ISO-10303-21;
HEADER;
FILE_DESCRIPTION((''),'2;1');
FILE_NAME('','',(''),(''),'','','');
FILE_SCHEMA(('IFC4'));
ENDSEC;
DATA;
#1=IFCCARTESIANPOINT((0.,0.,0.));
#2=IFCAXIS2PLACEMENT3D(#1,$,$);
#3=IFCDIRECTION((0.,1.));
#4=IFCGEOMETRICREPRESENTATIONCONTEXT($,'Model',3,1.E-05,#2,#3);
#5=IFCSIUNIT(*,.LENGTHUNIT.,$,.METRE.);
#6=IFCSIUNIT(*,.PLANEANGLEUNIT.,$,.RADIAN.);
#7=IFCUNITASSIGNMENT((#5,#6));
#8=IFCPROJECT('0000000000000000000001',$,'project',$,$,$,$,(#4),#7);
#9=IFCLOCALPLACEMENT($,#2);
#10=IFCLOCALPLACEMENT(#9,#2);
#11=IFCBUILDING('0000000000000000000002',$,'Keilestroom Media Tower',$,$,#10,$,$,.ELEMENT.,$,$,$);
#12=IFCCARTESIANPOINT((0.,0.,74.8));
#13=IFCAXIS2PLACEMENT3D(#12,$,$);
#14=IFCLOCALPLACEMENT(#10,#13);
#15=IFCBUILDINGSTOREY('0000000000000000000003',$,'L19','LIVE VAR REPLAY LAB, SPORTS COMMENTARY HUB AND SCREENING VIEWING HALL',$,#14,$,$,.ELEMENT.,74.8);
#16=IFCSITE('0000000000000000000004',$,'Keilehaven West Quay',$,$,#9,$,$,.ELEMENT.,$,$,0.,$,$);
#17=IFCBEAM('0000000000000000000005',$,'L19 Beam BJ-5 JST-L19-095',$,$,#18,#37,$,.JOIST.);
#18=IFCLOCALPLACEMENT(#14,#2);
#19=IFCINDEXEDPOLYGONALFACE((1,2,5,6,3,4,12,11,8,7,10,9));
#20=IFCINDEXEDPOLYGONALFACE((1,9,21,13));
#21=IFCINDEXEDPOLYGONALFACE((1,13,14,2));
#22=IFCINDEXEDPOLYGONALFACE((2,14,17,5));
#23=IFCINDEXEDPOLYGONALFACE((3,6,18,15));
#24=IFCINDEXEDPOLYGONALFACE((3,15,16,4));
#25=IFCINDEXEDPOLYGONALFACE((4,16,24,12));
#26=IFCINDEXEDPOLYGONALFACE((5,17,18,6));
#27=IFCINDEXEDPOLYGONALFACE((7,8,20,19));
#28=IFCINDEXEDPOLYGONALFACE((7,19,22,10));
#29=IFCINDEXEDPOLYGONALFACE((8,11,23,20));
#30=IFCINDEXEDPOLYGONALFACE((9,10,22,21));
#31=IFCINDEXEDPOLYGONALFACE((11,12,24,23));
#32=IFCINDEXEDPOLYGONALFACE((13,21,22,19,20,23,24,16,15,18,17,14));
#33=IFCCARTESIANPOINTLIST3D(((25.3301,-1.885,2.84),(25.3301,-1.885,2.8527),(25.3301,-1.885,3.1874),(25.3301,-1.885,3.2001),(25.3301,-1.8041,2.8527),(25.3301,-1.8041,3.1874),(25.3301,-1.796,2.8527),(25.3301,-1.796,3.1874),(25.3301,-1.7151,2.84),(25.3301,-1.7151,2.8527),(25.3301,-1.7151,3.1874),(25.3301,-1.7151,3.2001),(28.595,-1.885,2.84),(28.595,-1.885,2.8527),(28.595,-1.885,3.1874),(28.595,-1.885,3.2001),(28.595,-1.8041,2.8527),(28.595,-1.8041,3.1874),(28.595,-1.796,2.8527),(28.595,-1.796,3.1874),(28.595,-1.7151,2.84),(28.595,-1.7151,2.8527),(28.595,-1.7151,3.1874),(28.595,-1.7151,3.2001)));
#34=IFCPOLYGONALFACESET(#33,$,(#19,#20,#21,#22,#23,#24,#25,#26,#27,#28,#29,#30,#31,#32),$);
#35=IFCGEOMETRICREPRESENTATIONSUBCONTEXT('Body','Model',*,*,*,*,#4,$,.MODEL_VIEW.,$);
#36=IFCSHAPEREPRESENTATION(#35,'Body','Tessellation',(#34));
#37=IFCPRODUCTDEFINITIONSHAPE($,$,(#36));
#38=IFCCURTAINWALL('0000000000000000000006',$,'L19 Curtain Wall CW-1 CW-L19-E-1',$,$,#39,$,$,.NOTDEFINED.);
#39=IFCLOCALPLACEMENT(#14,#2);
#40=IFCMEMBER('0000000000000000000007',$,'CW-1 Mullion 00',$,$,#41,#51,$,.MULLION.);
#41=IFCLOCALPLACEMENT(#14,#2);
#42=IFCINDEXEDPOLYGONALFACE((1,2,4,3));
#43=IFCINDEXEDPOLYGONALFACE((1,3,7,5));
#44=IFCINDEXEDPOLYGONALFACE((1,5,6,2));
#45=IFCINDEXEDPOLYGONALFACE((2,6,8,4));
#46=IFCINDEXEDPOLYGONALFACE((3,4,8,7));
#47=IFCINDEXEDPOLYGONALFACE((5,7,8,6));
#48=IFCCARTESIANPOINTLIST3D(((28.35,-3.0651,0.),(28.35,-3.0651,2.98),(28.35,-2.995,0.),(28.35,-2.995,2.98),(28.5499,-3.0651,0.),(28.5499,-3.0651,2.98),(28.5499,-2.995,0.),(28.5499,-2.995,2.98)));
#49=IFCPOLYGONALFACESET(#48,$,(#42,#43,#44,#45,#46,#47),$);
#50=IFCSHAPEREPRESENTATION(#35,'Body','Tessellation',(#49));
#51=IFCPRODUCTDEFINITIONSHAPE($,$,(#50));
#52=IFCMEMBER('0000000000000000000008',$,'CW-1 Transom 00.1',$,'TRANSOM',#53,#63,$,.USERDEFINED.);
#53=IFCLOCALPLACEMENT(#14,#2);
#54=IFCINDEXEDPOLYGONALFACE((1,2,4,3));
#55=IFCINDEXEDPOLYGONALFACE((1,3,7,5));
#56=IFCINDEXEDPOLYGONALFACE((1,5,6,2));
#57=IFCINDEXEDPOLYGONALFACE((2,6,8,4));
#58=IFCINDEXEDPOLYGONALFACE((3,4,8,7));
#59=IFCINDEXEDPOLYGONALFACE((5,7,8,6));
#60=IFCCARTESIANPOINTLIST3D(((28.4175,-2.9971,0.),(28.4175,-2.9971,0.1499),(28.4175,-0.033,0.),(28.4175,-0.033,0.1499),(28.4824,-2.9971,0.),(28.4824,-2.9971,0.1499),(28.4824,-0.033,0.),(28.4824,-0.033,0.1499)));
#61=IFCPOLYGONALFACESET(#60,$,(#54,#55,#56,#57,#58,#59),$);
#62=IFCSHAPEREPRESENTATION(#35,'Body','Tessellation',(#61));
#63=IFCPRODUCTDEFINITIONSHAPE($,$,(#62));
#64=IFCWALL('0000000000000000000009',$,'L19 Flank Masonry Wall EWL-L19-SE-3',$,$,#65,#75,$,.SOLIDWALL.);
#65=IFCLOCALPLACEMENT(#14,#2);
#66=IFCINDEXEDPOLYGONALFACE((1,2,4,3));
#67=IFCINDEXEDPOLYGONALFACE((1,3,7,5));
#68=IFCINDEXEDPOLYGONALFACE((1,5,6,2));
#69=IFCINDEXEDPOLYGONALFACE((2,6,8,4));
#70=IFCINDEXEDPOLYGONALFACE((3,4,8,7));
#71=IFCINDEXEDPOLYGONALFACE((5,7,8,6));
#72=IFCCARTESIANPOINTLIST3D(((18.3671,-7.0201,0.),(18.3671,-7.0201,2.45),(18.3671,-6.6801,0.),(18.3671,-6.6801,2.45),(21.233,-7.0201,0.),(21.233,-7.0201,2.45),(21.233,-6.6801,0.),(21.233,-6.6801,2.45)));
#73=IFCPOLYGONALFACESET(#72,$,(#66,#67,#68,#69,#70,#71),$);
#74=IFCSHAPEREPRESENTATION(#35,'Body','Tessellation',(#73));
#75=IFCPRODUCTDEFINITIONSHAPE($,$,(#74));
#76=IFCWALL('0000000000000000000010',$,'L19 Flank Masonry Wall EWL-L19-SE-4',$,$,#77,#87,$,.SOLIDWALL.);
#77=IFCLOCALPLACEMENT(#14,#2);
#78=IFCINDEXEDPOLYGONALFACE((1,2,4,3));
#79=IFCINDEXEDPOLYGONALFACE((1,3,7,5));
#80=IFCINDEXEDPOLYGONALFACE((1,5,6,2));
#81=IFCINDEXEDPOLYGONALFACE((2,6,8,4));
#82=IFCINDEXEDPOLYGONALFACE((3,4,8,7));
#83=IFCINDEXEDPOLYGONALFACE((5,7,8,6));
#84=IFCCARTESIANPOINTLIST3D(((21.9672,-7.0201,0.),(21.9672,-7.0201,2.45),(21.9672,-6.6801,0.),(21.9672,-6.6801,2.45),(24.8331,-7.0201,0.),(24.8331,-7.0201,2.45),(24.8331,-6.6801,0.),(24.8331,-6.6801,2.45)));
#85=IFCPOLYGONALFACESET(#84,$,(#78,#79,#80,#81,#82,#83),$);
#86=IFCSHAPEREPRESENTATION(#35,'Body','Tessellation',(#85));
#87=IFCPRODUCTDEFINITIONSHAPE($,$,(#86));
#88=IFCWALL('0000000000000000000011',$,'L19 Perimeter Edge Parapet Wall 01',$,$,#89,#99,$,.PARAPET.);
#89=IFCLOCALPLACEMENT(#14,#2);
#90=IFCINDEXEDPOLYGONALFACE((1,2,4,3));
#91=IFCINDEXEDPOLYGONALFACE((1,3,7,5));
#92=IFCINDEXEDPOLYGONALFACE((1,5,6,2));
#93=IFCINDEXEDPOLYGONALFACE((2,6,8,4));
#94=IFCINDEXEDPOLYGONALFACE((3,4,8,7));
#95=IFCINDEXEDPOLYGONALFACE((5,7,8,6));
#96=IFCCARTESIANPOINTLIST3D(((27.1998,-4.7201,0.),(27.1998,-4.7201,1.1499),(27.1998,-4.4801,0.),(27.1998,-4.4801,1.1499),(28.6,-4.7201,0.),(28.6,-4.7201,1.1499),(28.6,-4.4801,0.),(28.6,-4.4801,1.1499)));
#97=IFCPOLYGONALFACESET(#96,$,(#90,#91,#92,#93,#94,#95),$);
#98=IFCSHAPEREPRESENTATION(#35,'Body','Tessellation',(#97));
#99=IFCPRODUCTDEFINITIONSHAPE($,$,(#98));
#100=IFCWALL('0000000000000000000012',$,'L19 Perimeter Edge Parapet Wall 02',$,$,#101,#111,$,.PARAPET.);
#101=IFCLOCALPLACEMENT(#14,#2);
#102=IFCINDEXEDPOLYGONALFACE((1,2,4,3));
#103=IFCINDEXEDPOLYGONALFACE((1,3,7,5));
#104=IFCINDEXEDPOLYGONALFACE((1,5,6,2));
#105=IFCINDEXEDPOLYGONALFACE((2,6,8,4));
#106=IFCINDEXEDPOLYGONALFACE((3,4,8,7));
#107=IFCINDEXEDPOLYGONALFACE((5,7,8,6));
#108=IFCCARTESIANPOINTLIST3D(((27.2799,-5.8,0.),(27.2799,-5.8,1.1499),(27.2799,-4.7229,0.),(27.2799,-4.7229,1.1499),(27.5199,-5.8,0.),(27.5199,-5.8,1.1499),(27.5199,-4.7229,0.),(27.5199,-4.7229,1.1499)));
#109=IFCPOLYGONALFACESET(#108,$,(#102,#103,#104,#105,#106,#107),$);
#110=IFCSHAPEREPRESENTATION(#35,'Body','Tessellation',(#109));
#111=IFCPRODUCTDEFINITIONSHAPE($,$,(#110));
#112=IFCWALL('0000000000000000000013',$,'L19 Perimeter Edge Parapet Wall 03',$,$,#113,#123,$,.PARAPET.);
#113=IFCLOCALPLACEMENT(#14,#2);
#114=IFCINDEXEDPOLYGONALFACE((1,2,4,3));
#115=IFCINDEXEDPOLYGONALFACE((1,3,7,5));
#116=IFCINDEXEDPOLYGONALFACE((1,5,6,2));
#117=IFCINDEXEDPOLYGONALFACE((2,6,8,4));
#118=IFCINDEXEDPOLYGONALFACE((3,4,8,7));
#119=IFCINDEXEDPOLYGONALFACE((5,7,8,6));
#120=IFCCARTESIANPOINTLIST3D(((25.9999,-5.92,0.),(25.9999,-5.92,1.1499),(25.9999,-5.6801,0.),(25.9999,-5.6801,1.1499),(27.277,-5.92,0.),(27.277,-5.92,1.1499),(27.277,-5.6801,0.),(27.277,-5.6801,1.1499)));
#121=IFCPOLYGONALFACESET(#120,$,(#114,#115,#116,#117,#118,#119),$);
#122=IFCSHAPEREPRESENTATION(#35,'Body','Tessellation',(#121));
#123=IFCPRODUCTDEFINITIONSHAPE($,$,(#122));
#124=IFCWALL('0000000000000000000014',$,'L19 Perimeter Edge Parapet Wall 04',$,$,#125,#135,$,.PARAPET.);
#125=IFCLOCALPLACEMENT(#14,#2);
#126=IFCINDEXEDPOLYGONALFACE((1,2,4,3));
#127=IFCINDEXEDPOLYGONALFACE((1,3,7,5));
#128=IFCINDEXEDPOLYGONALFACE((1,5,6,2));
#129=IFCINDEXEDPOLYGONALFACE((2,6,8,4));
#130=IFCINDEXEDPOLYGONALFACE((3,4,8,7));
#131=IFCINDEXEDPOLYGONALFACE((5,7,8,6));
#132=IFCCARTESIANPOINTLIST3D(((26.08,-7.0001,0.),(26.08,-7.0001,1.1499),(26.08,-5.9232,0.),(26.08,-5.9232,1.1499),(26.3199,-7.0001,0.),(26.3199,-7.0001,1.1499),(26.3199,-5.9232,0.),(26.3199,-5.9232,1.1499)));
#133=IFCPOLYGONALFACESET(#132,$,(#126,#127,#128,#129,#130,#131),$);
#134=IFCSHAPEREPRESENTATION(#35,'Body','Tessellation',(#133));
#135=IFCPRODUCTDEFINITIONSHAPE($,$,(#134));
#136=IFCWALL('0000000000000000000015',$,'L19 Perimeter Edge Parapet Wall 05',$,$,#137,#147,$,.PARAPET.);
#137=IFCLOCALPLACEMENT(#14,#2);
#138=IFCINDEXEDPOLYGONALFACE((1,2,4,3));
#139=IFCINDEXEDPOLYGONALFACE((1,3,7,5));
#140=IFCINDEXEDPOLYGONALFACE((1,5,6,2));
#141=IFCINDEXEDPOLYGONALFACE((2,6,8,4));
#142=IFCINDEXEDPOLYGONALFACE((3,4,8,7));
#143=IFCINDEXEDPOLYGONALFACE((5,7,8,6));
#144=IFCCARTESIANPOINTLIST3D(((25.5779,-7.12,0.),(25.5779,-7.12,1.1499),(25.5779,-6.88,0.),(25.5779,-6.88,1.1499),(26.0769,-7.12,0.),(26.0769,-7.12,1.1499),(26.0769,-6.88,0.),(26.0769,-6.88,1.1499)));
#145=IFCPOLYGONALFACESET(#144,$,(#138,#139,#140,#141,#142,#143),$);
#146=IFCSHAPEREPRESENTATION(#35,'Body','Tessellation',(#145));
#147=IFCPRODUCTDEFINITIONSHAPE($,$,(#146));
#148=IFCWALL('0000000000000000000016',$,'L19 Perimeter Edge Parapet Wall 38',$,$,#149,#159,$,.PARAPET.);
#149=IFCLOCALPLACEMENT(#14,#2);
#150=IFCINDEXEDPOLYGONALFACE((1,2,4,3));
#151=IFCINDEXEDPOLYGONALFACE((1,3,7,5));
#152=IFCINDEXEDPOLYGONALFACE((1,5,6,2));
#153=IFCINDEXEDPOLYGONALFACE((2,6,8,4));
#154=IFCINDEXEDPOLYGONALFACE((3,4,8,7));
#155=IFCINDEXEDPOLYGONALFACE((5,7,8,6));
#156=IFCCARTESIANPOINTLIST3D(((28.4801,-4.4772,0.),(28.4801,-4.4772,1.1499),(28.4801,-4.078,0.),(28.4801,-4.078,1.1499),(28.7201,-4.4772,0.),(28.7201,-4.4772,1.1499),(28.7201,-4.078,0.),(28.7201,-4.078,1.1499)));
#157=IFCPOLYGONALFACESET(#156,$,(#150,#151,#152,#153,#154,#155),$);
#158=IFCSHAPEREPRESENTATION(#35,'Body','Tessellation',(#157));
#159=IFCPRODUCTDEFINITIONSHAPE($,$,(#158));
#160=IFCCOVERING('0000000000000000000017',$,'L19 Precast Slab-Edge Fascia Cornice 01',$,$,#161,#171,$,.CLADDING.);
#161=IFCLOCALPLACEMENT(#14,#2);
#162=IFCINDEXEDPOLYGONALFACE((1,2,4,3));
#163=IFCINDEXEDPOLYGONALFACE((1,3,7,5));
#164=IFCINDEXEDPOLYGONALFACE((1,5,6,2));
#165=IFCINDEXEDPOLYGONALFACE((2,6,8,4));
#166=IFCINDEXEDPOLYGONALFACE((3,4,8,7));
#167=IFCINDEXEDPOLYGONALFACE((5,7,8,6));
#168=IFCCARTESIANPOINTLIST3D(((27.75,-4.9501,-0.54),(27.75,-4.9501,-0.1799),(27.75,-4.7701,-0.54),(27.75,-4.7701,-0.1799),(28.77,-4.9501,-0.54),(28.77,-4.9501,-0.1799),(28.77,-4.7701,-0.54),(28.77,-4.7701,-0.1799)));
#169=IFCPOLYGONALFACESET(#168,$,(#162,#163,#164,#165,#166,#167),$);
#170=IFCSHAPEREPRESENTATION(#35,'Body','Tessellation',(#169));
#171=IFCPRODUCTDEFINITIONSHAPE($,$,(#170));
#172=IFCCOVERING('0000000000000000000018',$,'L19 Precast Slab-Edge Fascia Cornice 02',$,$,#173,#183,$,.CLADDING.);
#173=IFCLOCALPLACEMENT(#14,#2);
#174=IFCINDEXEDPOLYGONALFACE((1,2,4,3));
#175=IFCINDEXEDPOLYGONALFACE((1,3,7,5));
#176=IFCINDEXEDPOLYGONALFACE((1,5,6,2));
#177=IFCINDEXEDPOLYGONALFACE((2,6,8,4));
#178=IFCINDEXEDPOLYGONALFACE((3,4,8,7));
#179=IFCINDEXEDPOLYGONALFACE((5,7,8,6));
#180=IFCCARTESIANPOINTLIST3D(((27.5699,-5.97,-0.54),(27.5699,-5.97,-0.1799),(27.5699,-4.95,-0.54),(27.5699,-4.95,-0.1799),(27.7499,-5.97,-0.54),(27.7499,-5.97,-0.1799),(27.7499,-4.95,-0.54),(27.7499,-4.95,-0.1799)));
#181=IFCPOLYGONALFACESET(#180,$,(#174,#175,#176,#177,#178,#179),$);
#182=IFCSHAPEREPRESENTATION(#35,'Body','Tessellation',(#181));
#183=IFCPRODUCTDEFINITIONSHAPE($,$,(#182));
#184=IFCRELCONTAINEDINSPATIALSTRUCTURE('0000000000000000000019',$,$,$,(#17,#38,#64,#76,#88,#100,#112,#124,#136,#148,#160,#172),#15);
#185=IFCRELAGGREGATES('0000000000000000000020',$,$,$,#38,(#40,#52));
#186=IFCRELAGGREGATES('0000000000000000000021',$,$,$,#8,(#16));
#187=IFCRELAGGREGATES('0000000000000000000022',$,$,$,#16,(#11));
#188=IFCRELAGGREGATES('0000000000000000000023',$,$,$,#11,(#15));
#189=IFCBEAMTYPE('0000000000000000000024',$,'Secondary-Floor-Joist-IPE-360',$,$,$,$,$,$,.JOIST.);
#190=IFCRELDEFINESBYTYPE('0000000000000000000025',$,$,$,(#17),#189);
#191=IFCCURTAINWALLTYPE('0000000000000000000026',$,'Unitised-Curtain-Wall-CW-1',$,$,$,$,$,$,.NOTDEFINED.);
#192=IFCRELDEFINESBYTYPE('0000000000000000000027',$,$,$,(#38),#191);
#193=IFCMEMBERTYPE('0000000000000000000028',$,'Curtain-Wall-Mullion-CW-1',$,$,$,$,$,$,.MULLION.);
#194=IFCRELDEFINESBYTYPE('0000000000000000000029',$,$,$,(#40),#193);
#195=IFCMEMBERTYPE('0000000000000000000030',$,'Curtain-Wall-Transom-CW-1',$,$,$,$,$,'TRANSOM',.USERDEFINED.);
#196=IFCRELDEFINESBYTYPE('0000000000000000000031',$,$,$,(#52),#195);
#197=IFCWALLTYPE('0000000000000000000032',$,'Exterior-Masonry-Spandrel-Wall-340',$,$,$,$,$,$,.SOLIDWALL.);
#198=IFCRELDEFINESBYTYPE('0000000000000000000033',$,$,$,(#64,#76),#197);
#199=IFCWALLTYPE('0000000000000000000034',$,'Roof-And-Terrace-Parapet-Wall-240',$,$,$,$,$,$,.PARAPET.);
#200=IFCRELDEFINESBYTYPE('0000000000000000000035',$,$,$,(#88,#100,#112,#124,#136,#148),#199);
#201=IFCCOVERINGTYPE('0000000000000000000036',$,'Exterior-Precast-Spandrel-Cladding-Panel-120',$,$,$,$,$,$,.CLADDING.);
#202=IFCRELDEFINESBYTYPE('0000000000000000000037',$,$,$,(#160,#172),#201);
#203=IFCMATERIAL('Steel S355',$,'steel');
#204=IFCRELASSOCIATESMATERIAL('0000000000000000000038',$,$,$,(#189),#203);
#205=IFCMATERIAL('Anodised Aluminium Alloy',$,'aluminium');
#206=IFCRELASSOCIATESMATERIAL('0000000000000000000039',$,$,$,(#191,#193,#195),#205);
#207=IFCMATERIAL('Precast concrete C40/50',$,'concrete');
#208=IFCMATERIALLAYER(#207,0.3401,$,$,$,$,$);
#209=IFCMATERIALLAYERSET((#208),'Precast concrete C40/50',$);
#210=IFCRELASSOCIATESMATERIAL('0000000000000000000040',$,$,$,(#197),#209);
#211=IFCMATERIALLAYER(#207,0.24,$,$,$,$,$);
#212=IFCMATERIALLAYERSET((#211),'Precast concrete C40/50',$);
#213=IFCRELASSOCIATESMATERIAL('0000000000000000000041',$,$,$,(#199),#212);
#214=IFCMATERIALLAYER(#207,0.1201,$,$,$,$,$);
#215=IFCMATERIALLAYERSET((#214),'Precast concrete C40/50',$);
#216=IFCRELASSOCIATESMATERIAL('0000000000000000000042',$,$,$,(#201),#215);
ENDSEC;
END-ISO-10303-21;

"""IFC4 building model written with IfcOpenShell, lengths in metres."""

from ifc_helpers import new_model, si_unit, direction, frame, frame_2d, origin, origin_2d, place, context, subcontext, project, spatial, rectangle, i_section, extrude, source, transform, mapped, material, layer, layer_set, material_profile, profile_set, type_object, element, aggregate, save


model = new_model("IFC4")

# Units and contexts
model_context = context("Model", 3, precision=1e-05, world=origin(), true_north=direction((0.0, 1.0)))
body_context = subcontext(model_context, "Body", "Model", "MODEL_VIEW")
ifc_project = project(units=[si_unit("LENGTHUNIT", "METRE"), si_unit("PLANEANGLEUNIT", "RADIAN")], contexts=[model_context])

# Site, building, storey
site_placement = place(None, origin())
site = spatial("IfcSite", under=ifc_project, at=site_placement, Name="Keilehaven West Quay", CompositionType="ELEMENT", RefElevation=0.0)
building_placement = place(site_placement, origin())
building = spatial("IfcBuilding", under=site, at=building_placement, Name="Keilestroom Media Tower", CompositionType="ELEMENT")
storey_placement = place(building_placement, frame((0.0, 0.0, 74.8)))
storey = spatial("IfcBuildingStorey", under=building, at=storey_placement, Name="L19", Description="LIVE VAR REPLAY LAB, SPORTS COMMENTARY HUB AND SCREENING VIEWING HALL", CompositionType="ELEMENT", Elevation=74.8)

# Shared definitions
ifc_material_1 = material(Name="Precast concrete C40/50", Category="concrete")

# Beam
ifc_material_2 = material(Name="Steel S355", Category="steel")
ifc_material_profile_1 = material_profile(ifc_material_2, i_section(OverallWidth=0.1699, OverallDepth=0.3601, WebThickness=0.0081, FlangeThickness=0.0127, at=origin_2d()), Name="IPE 360")
ifc_profile_set_1 = profile_set([ifc_material_profile_1], Name="Steel S355")
beam_type_1 = type_object("IfcBeamType", Name="Secondary-Floor-Joist-IPE-360", PredefinedType="JOIST", material=ifc_profile_set_1)
shared_shape_1 = source(origin(), body_context, "Body", "SweptSolid", [
    extrude(i_section(OverallWidth=0.1699, OverallDepth=0.3601, WebThickness=0.0081, FlangeThickness=0.0127, at=origin_2d()), origin(), (0.0, 0.0, 1.0), 3.2649),
])
beam_1_placement = place(storey_placement, frame((25.3301, -1.8, 3.02), z_axis=(1.0, 0.0, 0.0), x_axis=(0.0, 1.0, 0.0)))
element("IfcBeam", 1, at=beam_1_placement, inside=storey, type_object=beam_type_1, Name="L19 Beam BJ-5 JST-L19-095", PredefinedType="JOIST", context=body_context, shape_type="MappedRepresentation", body=[
    mapped(shared_shape_1, transform((0.0, 0.0, 0.0), x_axis=(1.0, 0.0, 0.0), y_axis=(0.0, 1.0, 0.0), z_axis=(0.0, 0.0, 1.0), scale=1.0)),
])

# Curtain wall, members
ifc_material_3 = material(Name="Anodised Aluminium Alloy", Category="aluminium")
curtain_wall_type = type_object("IfcCurtainWallType", Name="Unitised-Curtain-Wall-CW-1", PredefinedType="NOTDEFINED", material=ifc_material_3)
curtain_wall_placement = place(storey_placement, origin())
curtain_wall = element("IfcCurtainWall", 2, at=curtain_wall_placement, inside=storey, type_object=curtain_wall_type, Name="L19 Curtain Wall CW-1 CW-L19-E-1", PredefinedType="NOTDEFINED")
ifc_material_profile_2 = material_profile(ifc_material_3, rectangle(XDim=0.0701, YDim=0.2, at=origin_2d()), Name="ALU MULLION 70x200")
ifc_profile_set_2 = profile_set([ifc_material_profile_2], Name="Anodised Aluminium Alloy")
member_type_1 = type_object("IfcMemberType", Name="Curtain-Wall-Mullion-CW-1", PredefinedType="MULLION", material=ifc_profile_set_2)
shared_shape_2 = source(origin(), body_context, "Body", "SweptSolid", [
    extrude(rectangle(XDim=0.0701, YDim=0.2, at=origin_2d()), origin(), (0.0, 0.0, 1.0), 2.98),
])
member_1_placement = place(storey_placement, frame((28.45, -3.03, 0.0), z_axis=(0.0, 0.0, 1.0), x_axis=(0.0, 1.0, 0.0)))
member_1 = element("IfcMember", 3, at=member_1_placement, type_object=member_type_1, Name="CW-1 Mullion 00", PredefinedType="MULLION", context=body_context, shape_type="MappedRepresentation", body=[
    mapped(shared_shape_2, transform((0.0, 0.0, 0.0), x_axis=(1.0, 0.0, 0.0), y_axis=(0.0, 1.0, 0.0), z_axis=(0.0, 0.0, 1.0), scale=1.0)),
])
ifc_material_profile_3 = material_profile(ifc_material_3, rectangle(XDim=0.0649, YDim=0.1499, at=origin_2d()), Name="ALU TRANSOM 65x150")
ifc_profile_set_3 = profile_set([ifc_material_profile_3], Name="Anodised Aluminium Alloy")
member_type_2 = type_object("IfcMemberType", Name="Curtain-Wall-Transom-CW-1", ElementType="TRANSOM", PredefinedType="USERDEFINED", material=ifc_profile_set_3)
shared_shape_3 = source(origin(), body_context, "Body", "SweptSolid", [
    extrude(rectangle(XDim=0.0649, YDim=0.1499, at=origin_2d()), origin(), (0.0, 0.0, 1.0), 2.9641),
])
member_2_placement = place(storey_placement, frame((28.45, -2.9971, 0.075), z_axis=(0.0, 1.0, 0.0), x_axis=(-1.0, 0.0, 0.0)))
member_2 = element("IfcMember", 4, at=member_2_placement, type_object=member_type_2, Name="CW-1 Transom 00.1", ObjectType="TRANSOM", PredefinedType="USERDEFINED", context=body_context, shape_type="MappedRepresentation", body=[
    mapped(shared_shape_3, transform((0.0, 0.0, 0.0), x_axis=(1.0, 0.0, 0.0), y_axis=(0.0, 1.0, 0.0), z_axis=(0.0, 0.0, 1.0), scale=1.0)),
])
aggregate(curtain_wall, [member_1, member_2])

# Walls
ifc_layer_1 = layer(ifc_material_1, 0.3401)
ifc_layer_set_1 = layer_set([ifc_layer_1], Name="Precast concrete C40/50")
wall_type_1 = type_object("IfcWallType", Name="Exterior-Masonry-Spandrel-Wall-340", PredefinedType="SOLIDWALL", material=ifc_layer_set_1)
for number, where, z_axis, x_axis, name in (
    (5, (18.3669, -6.8501, 0.0), (0.0, 0.0, 1.0), (1.0, 0.0, 0.0), "L19 Flank Masonry Wall EWL-L19-SE-3"),
    (6, (21.967, -6.8501, 0.0), (0.0, 0.0, 1.0), (1.0, 0.0, 0.0), "L19 Flank Masonry Wall EWL-L19-SE-4"),
):
    element("IfcWall", number, at=place(storey_placement, frame(where, z_axis=z_axis, x_axis=x_axis)), inside=storey, type_object=wall_type_1, Name=name, PredefinedType="SOLIDWALL", context=body_context, shape_type="SweptSolid", body=[
        extrude(rectangle(XDim=2.866, YDim=0.3401, at=frame_2d((1.4331, 0.0))), origin(), (0.0, 0.0, 1.0), 2.45),
    ])
ifc_layer_2 = layer(ifc_material_1, 0.24)
ifc_layer_set_2 = layer_set([ifc_layer_2], Name="Precast concrete C40/50")
wall_type_2 = type_object("IfcWallType", Name="Roof-And-Terrace-Parapet-Wall-240", PredefinedType="PARAPET", material=ifc_layer_set_2)
wall_1_placement = place(storey_placement, frame((28.6001, -4.6001, 0.0), z_axis=(0.0, 0.0, 1.0), x_axis=(-1.0, 0.0, 0.0)))
element("IfcWall", 7, at=wall_1_placement, inside=storey, type_object=wall_type_2, Name="L19 Perimeter Edge Parapet Wall 01", PredefinedType="PARAPET", context=body_context, shape_type="SweptSolid", body=[
    extrude(rectangle(XDim=1.4001, YDim=0.24, at=frame_2d((0.7002, 0.0))), origin(), (0.0, 0.0, 1.0), 1.1499),
])
wall_2_placement = place(storey_placement, frame((27.3999, -4.7229, 0.0), z_axis=(0.0, 0.0, 1.0), x_axis=(0.0, -1.0, 0.0)))
element("IfcWall", 8, at=wall_2_placement, inside=storey, type_object=wall_type_2, Name="L19 Perimeter Edge Parapet Wall 02", PredefinedType="PARAPET", context=body_context, shape_type="SweptSolid", body=[
    extrude(rectangle(XDim=1.0771, YDim=0.24, at=frame_2d((0.5386, 0.0))), origin(), (0.0, 0.0, 1.0), 1.1499),
])
wall_3_placement = place(storey_placement, frame((27.2771, -5.8, 0.0), z_axis=(0.0, 0.0, 1.0), x_axis=(-1.0, 0.0, 0.0)))
element("IfcWall", 9, at=wall_3_placement, inside=storey, type_object=wall_type_2, Name="L19 Perimeter Edge Parapet Wall 03", PredefinedType="PARAPET", context=body_context, shape_type="SweptSolid", body=[
    extrude(rectangle(XDim=1.2771, YDim=0.24, at=frame_2d((0.6387, 0.0))), origin(), (0.0, 0.0, 1.0), 1.1499),
])
wall_4_placement = place(storey_placement, frame((26.2, -5.9231, 0.0), z_axis=(0.0, 0.0, 1.0), x_axis=(0.0, -1.0, 0.0)))
element("IfcWall", 10, at=wall_4_placement, inside=storey, type_object=wall_type_2, Name="L19 Perimeter Edge Parapet Wall 04", PredefinedType="PARAPET", context=body_context, shape_type="SweptSolid", body=[
    extrude(rectangle(XDim=1.0769, YDim=0.24, at=frame_2d((0.5386, 0.0))), origin(), (0.0, 0.0, 1.0), 1.1499),
])
wall_5_placement = place(storey_placement, frame((26.0769, -7.0, 0.0), z_axis=(0.0, 0.0, 1.0), x_axis=(-1.0, 0.0, 0.0)))
element("IfcWall", 11, at=wall_5_placement, inside=storey, type_object=wall_type_2, Name="L19 Perimeter Edge Parapet Wall 05", PredefinedType="PARAPET", context=body_context, shape_type="SweptSolid", body=[
    extrude(rectangle(XDim=0.499, YDim=0.24, at=frame_2d((0.2495, 0.0))), origin(), (0.0, 0.0, 1.0), 1.1499),
])
wall_6_placement = place(storey_placement, frame((28.6001, -4.0779, 0.0), z_axis=(0.0, 0.0, 1.0), x_axis=(0.0, -1.0, 0.0)))
element("IfcWall", 12, at=wall_6_placement, inside=storey, type_object=wall_type_2, Name="L19 Perimeter Edge Parapet Wall 38", PredefinedType="PARAPET", context=body_context, shape_type="SweptSolid", body=[
    extrude(rectangle(XDim=0.3992, YDim=0.24, at=frame_2d((0.1997, 0.0))), origin(), (0.0, 0.0, 1.0), 1.1499),
])

# Coverings
ifc_layer_3 = layer(ifc_material_1, 0.1201)
ifc_layer_set_3 = layer_set([ifc_layer_3], Name="Precast concrete C40/50")
covering_type = type_object("IfcCoveringType", Name="Exterior-Precast-Spandrel-Cladding-Panel-120", PredefinedType="CLADDING", material=ifc_layer_set_3)
shared_shape_4 = source(origin(), body_context, "Body", "SweptSolid", [
    extrude(rectangle(XDim=1.02, YDim=0.1799, at=origin_2d()), origin(), (0.0, 0.0, 1.0), 0.3601),
])
for number, where, z_axis, x_axis, name in (
    (13, (28.26, -4.8601, -0.54), (0.0, 0.0, 1.0), (-1.0, 0.0, 0.0), "L19 Precast Slab-Edge Fascia Cornice 01"),
    (14, (27.6599, -5.46, -0.54), (0.0, 0.0, 1.0), (0.0, -1.0, 0.0), "L19 Precast Slab-Edge Fascia Cornice 02"),
):
    element("IfcCovering", number, at=place(storey_placement, frame(where, z_axis=z_axis, x_axis=x_axis)), inside=storey, type_object=covering_type, Name=name, PredefinedType="CLADDING", context=body_context, shape_type="MappedRepresentation", body=[
        mapped(shared_shape_4, transform((0.0, 0.0, 0.0), x_axis=(1.0, 0.0, 0.0), y_axis=(0.0, 1.0, 0.0), z_axis=(0.0, 0.0, 1.0), scale=1.0)),
    ])

save(model, "model.ifc")
